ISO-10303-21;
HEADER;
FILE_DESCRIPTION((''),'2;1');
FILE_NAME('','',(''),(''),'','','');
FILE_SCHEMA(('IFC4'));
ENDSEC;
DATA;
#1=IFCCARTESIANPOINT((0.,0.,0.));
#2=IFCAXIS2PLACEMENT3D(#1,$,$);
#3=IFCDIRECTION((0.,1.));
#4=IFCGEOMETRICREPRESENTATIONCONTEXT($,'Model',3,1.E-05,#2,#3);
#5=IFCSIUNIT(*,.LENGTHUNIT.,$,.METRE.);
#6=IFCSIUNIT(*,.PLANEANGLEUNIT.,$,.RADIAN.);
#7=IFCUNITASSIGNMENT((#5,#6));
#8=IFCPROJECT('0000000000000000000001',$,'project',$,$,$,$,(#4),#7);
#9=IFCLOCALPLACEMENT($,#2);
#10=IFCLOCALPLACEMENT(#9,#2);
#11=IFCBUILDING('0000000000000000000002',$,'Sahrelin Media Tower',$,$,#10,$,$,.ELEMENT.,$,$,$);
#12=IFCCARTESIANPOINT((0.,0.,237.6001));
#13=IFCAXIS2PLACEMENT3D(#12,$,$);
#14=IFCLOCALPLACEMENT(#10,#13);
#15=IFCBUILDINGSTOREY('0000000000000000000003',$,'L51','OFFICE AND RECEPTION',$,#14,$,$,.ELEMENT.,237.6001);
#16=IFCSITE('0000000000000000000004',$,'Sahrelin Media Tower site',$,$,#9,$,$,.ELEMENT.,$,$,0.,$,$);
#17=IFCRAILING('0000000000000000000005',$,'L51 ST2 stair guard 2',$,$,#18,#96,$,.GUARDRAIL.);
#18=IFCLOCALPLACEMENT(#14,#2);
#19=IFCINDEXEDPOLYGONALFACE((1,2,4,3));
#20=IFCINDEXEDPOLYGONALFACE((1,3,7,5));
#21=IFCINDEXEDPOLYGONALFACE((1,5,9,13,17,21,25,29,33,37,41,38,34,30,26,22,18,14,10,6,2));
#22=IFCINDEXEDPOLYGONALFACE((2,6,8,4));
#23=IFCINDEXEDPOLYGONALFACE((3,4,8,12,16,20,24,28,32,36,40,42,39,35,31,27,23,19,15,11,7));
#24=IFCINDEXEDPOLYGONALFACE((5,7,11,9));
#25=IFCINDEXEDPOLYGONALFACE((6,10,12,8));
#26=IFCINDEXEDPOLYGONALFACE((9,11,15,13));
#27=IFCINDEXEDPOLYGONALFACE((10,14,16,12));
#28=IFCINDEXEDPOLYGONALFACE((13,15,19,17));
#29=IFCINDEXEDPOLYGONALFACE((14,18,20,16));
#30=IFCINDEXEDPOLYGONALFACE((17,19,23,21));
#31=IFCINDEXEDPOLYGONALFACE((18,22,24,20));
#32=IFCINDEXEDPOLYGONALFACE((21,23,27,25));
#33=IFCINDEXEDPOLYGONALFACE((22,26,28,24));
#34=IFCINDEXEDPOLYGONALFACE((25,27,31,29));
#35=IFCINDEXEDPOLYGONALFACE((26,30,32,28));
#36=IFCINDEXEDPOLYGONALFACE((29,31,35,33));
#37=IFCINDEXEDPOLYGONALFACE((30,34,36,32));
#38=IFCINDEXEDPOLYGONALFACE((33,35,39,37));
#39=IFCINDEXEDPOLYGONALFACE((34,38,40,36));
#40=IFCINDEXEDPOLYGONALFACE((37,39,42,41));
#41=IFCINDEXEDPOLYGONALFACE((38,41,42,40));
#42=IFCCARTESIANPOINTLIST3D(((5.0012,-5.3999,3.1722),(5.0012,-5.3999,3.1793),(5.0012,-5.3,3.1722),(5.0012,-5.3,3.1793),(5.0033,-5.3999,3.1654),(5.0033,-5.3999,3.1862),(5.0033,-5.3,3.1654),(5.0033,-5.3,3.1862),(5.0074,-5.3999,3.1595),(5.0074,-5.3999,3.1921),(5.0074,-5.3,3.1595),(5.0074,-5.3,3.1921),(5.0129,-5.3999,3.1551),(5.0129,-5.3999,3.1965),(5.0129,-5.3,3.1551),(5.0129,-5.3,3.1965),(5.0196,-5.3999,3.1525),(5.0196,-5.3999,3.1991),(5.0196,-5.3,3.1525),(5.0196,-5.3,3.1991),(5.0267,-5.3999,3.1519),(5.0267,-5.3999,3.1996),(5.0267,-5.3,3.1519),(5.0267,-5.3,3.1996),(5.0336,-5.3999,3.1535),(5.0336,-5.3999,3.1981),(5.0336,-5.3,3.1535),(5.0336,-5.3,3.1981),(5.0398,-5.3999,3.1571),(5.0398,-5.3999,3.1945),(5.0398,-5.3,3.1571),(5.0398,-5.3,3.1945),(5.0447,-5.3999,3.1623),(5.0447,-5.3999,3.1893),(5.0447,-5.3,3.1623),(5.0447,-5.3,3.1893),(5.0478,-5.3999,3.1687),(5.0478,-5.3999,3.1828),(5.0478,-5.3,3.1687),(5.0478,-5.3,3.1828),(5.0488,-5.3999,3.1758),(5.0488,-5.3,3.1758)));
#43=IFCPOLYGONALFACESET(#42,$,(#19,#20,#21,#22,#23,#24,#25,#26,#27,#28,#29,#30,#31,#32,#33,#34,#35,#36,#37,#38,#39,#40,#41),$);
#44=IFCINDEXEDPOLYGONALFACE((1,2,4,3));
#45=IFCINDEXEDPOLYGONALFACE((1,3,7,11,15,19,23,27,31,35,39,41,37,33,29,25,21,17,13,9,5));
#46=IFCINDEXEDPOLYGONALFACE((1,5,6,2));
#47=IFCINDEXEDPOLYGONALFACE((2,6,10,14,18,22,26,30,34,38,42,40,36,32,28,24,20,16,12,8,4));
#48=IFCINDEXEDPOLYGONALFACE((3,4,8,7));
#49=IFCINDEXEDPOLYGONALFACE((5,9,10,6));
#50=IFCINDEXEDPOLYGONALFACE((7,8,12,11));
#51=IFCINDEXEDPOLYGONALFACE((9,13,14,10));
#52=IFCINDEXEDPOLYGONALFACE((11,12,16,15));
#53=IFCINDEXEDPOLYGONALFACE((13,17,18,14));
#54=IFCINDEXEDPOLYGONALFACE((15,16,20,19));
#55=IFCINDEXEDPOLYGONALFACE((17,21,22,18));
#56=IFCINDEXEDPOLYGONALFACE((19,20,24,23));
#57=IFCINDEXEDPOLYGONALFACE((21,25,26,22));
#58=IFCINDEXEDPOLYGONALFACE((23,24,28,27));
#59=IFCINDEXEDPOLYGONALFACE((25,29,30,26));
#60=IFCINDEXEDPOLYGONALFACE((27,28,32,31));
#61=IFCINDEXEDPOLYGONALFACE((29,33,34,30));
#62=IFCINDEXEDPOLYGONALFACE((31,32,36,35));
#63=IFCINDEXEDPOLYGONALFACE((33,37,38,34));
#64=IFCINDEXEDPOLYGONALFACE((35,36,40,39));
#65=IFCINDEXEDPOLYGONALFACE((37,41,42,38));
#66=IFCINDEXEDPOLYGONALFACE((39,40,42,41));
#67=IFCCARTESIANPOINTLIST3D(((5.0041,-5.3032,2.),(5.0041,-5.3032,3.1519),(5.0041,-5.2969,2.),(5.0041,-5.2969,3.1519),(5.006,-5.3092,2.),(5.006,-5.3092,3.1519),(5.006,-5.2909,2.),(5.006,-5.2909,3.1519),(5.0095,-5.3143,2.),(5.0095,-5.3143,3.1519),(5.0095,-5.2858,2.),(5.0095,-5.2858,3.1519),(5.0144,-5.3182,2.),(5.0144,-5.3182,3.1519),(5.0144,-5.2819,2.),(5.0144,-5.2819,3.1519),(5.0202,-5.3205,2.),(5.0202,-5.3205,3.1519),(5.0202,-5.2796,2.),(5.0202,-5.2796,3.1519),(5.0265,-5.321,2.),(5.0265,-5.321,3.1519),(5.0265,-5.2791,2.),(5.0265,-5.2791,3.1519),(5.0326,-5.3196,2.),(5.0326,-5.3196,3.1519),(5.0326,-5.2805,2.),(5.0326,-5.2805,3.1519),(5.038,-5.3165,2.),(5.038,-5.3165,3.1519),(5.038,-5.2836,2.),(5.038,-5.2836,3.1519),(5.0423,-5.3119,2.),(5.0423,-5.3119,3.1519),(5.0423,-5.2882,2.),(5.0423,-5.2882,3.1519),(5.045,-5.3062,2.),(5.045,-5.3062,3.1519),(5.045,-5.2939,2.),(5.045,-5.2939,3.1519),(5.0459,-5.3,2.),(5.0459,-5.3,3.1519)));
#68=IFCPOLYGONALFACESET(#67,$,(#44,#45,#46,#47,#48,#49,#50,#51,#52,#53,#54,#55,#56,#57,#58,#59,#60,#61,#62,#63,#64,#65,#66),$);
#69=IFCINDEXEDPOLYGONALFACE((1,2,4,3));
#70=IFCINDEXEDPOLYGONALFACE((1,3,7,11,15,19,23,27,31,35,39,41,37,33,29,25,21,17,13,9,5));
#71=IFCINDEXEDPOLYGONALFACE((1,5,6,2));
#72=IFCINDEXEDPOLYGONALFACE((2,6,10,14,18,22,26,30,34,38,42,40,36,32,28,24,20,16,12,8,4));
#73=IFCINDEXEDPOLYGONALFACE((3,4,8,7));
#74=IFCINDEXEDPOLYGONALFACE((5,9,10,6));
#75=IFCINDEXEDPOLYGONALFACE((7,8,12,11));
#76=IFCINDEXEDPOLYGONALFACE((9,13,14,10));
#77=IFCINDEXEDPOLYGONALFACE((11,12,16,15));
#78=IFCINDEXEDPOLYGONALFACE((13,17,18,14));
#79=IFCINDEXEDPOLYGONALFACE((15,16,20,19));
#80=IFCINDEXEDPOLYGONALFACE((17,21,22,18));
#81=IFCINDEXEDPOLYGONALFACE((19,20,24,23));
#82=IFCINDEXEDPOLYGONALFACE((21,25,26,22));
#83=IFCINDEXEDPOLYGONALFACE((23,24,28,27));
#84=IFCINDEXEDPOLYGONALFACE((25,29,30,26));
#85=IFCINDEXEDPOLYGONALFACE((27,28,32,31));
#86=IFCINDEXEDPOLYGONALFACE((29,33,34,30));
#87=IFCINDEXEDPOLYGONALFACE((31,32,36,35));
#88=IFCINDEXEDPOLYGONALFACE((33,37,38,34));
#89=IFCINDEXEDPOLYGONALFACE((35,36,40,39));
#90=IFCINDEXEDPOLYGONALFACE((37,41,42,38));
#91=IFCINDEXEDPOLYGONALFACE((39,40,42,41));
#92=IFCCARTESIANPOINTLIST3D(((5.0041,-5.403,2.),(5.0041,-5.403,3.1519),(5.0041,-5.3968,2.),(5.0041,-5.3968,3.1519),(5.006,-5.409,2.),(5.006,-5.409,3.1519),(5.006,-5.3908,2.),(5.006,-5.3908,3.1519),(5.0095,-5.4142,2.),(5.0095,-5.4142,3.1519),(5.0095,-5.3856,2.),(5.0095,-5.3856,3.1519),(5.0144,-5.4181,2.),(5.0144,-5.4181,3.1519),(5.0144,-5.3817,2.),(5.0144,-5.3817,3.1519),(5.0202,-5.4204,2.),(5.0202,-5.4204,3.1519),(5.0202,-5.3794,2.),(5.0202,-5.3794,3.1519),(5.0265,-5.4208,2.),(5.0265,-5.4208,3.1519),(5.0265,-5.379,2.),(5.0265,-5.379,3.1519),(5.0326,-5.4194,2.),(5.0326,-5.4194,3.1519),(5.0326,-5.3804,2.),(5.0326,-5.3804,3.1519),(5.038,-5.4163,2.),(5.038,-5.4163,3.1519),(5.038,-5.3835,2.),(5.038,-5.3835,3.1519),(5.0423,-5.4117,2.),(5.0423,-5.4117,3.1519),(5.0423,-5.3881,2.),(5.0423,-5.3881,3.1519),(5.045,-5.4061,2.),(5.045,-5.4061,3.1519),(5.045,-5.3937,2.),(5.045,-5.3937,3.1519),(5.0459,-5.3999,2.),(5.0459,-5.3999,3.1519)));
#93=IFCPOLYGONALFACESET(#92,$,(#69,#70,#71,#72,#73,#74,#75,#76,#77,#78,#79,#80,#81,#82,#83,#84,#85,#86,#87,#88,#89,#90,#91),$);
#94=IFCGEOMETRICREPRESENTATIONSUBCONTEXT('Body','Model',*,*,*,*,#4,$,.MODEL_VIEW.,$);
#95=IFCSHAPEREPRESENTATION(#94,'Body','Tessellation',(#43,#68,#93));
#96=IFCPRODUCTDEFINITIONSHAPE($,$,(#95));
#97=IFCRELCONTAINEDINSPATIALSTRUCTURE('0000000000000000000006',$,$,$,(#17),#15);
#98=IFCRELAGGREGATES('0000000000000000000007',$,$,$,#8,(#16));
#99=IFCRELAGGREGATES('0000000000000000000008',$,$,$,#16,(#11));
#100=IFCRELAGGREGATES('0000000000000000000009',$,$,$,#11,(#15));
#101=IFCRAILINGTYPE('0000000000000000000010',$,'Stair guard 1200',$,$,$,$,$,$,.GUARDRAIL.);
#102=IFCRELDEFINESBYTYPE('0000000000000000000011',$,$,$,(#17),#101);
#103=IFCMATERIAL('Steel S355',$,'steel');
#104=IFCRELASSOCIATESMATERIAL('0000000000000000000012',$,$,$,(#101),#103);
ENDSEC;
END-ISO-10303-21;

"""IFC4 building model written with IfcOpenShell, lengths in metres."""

from ifc_helpers import new_model, si_unit, direction, frame, origin, origin_2d, place, context, subcontext, project, spatial, circle, extrude, material, type_object, element, save


model = new_model("IFC4")

# Units and contexts
model_context = context("Model", 3, precision=1e-05, world=origin(), true_north=direction((0.0, 1.0)))
body_context = subcontext(model_context, "Body", "Model", "MODEL_VIEW")
ifc_project = project(units=[si_unit("LENGTHUNIT", "METRE"), si_unit("PLANEANGLEUNIT", "RADIAN")], contexts=[model_context])

# Site, building, storey
site_placement = place(None, origin())
site = spatial("IfcSite", under=ifc_project, at=site_placement, Name="Sahrelin Media Tower site", CompositionType="ELEMENT", RefElevation=0.0)
building_placement = place(site_placement, origin())
building = spatial("IfcBuilding", under=site, at=building_placement, Name="Sahrelin Media Tower", CompositionType="ELEMENT")
storey_placement = place(building_placement, frame((0.0, 0.0, 237.6001)))
storey = spatial("IfcBuildingStorey", under=building, at=storey_placement, Name="L51", Description="OFFICE AND RECEPTION", CompositionType="ELEMENT", Elevation=237.6001)

# Shared definitions
ifc_material_1 = material(Name="Steel S355", Category="steel")

# Railing
railing_type_1 = type_object("IfcRailingType", Name="Stair guard 1200", PredefinedType="GUARDRAIL", material=ifc_material_1)
railing_1_placement = place(storey_placement, frame((5.0249, -5.3, 2.0)))
element("IfcRailing", 1, at=railing_1_placement, inside=storey, type_object=railing_type_1, Name="L51 ST2 stair guard 2", PredefinedType="GUARDRAIL", context=body_context, shape_type="SweptSolid", body=[
    extrude(circle(Radius=0.0239, at=origin_2d()), frame((0.0, 0.0, 1.1758), z_axis=(0.0, -1.0, 0.0), x_axis=(1.0, 0.0, 0.0)), (0.0, 0.0, 1.0), 0.0999),
    extrude(circle(Radius=0.021, at=origin_2d()), origin(), (0.0, 0.0, 1.0), 1.1519),
    extrude(circle(Radius=0.021, at=origin_2d()), frame((0.0, -0.0999, 0.0)), (0.0, 0.0, 1.0), 1.1519),
])

save(model, "model.ifc")
